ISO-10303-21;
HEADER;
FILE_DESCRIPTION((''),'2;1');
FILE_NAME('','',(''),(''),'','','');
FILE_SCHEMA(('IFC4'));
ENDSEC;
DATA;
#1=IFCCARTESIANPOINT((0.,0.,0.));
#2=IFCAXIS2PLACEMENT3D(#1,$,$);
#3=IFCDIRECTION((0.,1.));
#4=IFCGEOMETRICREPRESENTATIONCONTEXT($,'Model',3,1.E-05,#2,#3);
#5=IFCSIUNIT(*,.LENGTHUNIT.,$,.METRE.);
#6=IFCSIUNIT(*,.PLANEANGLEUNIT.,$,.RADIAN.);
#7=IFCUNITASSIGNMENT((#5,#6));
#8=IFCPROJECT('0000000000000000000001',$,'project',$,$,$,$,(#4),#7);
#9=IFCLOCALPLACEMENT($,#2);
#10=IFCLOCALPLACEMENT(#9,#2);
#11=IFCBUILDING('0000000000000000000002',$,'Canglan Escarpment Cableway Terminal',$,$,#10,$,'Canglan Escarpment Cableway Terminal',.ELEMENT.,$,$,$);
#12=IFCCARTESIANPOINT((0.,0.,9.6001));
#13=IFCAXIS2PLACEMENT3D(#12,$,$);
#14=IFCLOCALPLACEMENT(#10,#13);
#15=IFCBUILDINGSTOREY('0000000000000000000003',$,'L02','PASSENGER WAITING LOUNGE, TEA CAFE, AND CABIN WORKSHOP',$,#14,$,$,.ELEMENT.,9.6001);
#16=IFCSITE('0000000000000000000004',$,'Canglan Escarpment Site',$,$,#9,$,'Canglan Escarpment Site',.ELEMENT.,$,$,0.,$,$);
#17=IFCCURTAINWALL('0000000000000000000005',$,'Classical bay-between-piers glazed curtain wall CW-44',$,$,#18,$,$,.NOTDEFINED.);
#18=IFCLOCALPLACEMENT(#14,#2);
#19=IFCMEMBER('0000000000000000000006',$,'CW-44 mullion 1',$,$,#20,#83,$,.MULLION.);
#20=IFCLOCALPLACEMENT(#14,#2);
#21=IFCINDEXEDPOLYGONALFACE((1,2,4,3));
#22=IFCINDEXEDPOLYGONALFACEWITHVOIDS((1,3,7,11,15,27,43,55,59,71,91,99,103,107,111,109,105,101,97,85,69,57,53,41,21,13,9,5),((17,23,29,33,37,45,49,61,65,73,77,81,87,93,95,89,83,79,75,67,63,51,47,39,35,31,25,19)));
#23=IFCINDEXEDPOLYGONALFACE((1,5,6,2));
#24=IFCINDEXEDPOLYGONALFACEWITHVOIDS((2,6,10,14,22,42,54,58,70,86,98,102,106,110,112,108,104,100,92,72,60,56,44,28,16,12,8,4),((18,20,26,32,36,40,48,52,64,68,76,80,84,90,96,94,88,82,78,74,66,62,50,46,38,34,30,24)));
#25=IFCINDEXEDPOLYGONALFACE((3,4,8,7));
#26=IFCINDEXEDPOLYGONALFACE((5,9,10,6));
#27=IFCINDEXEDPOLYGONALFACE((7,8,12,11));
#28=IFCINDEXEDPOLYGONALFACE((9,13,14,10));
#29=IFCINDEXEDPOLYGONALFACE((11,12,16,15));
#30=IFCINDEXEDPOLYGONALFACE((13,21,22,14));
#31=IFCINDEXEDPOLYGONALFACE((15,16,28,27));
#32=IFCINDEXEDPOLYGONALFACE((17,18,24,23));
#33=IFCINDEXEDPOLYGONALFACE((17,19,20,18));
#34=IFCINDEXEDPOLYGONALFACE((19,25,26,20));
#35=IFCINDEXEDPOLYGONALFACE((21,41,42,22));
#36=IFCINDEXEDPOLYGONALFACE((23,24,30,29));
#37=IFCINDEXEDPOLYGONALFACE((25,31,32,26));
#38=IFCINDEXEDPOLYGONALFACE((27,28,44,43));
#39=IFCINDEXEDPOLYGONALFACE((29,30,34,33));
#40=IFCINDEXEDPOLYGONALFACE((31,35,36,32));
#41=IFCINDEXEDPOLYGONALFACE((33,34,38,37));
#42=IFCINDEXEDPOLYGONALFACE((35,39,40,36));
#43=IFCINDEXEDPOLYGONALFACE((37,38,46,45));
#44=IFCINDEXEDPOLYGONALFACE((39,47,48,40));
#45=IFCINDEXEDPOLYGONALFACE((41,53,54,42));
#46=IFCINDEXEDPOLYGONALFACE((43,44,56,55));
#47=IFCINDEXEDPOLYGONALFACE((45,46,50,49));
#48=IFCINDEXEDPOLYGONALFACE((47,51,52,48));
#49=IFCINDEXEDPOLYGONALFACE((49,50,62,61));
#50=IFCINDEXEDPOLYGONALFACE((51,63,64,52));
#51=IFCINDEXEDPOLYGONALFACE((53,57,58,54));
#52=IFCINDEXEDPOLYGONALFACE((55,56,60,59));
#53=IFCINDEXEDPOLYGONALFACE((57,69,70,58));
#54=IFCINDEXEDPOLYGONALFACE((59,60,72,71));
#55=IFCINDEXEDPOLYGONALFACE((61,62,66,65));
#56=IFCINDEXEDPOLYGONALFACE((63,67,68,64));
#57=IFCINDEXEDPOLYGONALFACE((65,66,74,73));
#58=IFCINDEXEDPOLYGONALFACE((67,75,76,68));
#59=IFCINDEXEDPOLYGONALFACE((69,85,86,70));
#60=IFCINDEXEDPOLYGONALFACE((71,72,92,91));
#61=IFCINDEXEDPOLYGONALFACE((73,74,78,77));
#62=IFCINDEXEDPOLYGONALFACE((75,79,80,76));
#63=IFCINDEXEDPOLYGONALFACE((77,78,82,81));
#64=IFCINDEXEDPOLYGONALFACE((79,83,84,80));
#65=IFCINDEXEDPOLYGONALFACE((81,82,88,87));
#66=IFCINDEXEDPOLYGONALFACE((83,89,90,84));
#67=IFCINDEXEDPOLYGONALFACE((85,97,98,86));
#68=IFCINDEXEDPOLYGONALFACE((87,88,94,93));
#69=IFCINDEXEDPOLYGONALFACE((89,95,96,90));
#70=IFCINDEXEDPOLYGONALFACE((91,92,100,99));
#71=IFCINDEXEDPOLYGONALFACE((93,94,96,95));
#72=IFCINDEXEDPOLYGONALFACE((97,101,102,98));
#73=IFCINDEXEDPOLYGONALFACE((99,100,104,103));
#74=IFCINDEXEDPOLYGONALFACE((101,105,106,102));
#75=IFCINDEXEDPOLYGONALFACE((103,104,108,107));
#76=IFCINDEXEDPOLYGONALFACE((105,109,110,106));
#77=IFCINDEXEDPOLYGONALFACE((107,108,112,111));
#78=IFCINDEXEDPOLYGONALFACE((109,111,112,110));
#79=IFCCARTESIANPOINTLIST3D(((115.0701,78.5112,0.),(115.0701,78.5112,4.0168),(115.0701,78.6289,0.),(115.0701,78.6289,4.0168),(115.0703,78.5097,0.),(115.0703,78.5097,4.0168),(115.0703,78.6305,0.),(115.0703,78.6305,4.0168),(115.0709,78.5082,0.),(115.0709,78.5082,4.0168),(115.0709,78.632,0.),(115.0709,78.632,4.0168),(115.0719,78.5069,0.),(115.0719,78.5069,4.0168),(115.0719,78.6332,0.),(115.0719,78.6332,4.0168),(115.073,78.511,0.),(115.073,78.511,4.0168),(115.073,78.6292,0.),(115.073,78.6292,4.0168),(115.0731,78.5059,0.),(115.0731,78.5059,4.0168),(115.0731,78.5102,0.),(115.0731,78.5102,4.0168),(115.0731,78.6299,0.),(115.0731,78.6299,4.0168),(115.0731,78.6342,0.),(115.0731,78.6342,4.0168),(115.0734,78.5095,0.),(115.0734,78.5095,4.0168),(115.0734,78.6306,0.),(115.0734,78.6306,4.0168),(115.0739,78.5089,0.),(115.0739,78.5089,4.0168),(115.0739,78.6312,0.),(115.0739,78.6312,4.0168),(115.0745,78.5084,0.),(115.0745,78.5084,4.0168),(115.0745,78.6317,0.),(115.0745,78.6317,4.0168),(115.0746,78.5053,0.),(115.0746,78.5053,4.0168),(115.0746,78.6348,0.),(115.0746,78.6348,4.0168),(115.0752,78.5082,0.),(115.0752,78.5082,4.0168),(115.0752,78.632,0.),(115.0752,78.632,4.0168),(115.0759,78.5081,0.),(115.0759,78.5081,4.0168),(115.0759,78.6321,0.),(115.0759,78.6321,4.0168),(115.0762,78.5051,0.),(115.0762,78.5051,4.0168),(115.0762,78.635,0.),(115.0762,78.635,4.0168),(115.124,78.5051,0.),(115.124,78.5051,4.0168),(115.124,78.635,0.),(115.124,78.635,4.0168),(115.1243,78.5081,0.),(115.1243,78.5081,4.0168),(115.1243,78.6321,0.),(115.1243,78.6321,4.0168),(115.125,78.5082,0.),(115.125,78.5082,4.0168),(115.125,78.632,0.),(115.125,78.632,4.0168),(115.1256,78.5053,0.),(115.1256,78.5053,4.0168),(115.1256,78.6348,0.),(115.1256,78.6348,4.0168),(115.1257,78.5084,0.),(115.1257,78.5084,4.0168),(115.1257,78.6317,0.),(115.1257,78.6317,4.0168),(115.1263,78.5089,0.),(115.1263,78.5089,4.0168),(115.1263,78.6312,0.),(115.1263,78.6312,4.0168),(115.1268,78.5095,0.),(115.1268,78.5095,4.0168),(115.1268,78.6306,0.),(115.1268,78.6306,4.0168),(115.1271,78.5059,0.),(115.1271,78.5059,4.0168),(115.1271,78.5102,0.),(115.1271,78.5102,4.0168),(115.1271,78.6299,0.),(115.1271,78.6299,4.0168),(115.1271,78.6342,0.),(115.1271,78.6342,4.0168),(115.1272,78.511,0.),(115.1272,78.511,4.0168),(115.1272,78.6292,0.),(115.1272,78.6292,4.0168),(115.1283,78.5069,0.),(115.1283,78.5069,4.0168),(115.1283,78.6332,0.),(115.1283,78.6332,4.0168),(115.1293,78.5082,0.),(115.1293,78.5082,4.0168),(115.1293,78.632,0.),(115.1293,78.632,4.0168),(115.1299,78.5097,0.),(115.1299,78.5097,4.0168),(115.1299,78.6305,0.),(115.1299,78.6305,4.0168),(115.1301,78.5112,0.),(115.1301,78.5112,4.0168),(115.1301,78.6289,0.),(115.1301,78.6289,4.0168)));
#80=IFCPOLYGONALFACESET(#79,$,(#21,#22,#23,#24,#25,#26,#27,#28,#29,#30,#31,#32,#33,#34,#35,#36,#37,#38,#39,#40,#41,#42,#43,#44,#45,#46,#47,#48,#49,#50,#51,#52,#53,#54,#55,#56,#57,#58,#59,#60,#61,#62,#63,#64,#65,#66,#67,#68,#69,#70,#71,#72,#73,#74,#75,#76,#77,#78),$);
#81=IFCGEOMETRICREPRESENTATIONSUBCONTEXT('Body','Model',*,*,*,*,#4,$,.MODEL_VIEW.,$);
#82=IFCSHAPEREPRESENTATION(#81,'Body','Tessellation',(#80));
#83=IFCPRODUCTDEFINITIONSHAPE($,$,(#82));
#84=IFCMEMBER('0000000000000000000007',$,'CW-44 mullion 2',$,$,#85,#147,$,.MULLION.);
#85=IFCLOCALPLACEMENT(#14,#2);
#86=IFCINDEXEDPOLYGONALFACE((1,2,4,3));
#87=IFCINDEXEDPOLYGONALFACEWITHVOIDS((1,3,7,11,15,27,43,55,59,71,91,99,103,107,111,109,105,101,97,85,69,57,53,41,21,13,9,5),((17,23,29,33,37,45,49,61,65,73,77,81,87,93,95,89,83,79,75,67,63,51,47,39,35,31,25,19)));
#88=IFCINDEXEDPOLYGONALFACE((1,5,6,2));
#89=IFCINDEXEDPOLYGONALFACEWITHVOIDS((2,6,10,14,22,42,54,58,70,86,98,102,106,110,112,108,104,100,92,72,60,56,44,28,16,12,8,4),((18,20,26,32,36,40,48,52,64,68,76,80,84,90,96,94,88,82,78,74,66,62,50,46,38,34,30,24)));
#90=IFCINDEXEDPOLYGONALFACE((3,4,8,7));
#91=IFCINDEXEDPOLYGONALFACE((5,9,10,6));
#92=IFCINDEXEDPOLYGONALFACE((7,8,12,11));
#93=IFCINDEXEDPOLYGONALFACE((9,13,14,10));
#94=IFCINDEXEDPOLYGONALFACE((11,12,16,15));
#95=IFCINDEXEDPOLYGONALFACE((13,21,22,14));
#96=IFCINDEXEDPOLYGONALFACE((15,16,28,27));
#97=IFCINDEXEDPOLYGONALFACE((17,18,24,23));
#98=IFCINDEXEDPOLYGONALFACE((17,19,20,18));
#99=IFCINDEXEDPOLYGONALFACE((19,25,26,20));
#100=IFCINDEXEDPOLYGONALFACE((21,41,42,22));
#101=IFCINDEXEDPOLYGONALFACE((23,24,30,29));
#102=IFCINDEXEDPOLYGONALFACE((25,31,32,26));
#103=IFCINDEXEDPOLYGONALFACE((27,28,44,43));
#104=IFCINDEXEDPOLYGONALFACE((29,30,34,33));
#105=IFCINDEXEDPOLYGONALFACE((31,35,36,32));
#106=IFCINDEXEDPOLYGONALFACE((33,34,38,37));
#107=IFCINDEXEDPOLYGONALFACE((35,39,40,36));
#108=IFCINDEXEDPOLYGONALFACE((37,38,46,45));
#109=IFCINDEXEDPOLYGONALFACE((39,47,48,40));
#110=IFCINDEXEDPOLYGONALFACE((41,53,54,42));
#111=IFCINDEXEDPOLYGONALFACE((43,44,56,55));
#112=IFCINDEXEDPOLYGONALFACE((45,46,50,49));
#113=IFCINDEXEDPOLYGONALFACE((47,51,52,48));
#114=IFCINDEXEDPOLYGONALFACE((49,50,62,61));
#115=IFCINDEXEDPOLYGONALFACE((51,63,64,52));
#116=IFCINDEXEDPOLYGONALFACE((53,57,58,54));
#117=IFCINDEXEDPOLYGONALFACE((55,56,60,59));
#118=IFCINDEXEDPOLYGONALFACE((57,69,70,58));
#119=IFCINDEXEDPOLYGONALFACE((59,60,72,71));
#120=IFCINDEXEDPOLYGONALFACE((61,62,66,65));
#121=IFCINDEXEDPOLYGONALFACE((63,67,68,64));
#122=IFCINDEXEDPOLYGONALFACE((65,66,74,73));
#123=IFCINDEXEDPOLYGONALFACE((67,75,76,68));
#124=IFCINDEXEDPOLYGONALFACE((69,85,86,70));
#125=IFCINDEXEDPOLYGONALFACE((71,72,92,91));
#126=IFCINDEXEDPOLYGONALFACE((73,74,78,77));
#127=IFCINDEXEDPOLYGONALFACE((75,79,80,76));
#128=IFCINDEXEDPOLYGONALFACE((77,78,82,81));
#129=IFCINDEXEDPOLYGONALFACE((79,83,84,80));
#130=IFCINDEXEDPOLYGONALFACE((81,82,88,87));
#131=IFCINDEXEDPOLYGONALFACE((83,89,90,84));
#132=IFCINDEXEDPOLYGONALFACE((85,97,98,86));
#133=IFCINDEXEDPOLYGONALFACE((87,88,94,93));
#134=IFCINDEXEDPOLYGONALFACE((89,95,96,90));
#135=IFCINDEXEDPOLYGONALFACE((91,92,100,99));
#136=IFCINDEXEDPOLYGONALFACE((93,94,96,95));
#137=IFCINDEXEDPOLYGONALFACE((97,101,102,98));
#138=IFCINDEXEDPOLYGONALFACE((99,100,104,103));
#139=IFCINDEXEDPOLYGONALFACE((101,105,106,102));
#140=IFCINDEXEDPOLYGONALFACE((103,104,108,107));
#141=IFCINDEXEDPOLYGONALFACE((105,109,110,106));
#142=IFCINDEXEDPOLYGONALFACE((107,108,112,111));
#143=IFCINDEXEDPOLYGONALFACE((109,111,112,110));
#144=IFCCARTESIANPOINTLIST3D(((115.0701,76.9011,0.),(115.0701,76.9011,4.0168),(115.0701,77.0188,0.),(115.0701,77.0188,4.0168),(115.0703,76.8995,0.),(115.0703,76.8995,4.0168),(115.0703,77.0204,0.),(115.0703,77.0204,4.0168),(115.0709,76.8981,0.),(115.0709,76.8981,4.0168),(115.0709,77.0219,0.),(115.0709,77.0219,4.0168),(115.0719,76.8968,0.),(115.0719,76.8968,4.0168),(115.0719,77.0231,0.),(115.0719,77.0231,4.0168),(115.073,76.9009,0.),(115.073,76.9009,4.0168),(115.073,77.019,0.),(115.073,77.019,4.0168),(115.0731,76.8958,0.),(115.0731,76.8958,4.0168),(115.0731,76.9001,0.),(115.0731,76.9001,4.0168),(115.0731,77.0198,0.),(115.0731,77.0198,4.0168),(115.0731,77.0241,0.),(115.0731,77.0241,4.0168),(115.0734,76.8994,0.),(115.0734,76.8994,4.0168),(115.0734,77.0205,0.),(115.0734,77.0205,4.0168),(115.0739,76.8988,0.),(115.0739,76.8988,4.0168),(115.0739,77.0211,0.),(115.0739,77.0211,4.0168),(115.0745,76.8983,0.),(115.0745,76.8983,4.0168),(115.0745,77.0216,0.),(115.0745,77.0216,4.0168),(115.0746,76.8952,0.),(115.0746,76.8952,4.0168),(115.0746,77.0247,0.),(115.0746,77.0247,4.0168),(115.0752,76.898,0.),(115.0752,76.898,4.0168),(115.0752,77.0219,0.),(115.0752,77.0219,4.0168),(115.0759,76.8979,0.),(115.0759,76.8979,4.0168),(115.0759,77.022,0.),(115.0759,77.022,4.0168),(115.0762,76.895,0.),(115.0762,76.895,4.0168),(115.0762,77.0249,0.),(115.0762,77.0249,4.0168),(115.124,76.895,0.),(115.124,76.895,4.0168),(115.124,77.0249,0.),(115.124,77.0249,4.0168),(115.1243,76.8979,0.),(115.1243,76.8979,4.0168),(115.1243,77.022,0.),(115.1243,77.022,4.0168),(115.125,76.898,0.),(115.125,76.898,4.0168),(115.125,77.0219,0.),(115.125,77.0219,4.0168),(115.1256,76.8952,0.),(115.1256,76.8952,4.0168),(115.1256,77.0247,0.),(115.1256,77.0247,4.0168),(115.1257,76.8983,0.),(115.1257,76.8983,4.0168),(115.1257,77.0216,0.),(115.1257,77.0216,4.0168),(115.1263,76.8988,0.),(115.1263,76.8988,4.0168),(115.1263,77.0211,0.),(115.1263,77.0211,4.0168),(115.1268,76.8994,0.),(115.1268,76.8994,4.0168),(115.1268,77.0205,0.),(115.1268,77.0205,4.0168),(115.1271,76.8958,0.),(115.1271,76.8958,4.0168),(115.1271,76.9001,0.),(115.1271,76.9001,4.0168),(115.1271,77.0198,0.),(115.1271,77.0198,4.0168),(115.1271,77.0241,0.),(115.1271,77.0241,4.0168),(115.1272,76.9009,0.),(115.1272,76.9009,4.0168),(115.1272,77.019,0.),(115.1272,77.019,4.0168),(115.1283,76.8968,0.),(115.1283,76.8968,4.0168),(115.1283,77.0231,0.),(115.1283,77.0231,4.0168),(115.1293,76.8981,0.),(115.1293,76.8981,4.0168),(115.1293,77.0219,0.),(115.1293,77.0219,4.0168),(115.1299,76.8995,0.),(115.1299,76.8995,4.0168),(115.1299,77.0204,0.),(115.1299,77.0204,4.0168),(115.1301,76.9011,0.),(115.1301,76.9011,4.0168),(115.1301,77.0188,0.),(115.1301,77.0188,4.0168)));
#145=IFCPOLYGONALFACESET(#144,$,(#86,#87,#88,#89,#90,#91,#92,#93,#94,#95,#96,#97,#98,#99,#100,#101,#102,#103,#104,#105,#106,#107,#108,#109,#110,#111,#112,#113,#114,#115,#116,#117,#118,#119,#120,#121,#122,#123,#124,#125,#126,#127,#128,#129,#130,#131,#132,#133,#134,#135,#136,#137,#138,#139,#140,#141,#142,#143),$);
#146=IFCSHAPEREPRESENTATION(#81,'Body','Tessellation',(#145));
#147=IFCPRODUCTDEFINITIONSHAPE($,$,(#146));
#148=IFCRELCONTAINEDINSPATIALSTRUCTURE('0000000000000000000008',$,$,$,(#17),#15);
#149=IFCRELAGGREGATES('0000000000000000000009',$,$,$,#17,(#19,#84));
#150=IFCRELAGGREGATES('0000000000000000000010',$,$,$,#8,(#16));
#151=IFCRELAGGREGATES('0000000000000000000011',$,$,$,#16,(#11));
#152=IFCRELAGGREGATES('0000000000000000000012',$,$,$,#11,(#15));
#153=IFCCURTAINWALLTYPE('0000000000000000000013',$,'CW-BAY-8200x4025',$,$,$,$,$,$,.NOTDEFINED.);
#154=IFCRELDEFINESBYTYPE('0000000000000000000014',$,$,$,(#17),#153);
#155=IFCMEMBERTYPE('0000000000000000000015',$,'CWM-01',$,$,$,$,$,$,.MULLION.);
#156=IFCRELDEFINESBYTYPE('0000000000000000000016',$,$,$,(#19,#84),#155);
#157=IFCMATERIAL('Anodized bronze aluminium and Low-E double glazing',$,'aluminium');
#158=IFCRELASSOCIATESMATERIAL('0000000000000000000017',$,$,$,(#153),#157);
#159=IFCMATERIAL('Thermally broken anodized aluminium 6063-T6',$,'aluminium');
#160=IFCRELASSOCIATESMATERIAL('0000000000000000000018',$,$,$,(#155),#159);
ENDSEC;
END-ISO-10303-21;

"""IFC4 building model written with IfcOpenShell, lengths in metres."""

from ifc_helpers import new_model, si_unit, direction, frame, origin, origin_2d, place, context, subcontext, project, spatial, hollow_rectangle, extrude, material, material_profile, profile_set, type_object, element, aggregate, save


model = new_model("IFC4")

# Units and contexts
model_context = context("Model", 3, precision=1e-05, world=origin(), true_north=direction((0.0, 1.0)))
body_context = subcontext(model_context, "Body", "Model", "MODEL_VIEW")
ifc_project = project(units=[si_unit("LENGTHUNIT", "METRE"), si_unit("PLANEANGLEUNIT", "RADIAN")], contexts=[model_context])

# Site, building, storey
site_placement = place(None, origin())
site = spatial("IfcSite", under=ifc_project, at=site_placement, Name="Canglan Escarpment Site", LongName="Canglan Escarpment Site", CompositionType="ELEMENT", RefElevation=0.0)
building_placement = place(site_placement, origin())
building = spatial("IfcBuilding", under=site, at=building_placement, Name="Canglan Escarpment Cableway Terminal", LongName="Canglan Escarpment Cableway Terminal", CompositionType="ELEMENT")
storey_placement = place(building_placement, frame((0.0, 0.0, 9.6001)))
storey = spatial("IfcBuildingStorey", under=building, at=storey_placement, Name="L02", Description="PASSENGER WAITING LOUNGE, TEA CAFE, AND CABIN WORKSHOP", CompositionType="ELEMENT", Elevation=9.6001)

# Curtain wall, members
ifc_material_1 = material(Name="Anodized bronze aluminium and Low-E double glazing", Category="aluminium")
curtain_wall_type = type_object("IfcCurtainWallType", Name="CW-BAY-8200x4025", PredefinedType="NOTDEFINED", material=ifc_material_1)
curtain_wall_placement = place(storey_placement, origin())
curtain_wall = element("IfcCurtainWall", 1, at=curtain_wall_placement, inside=storey, type_object=curtain_wall_type, Name="Classical bay-between-piers glazed curtain wall CW-44", PredefinedType="NOTDEFINED")
ifc_material_2 = material(Name="Thermally broken anodized aluminium 6063-T6", Category="aluminium")
ifc_material_profile_1 = material_profile(ifc_material_2, hollow_rectangle(XDim=0.0601, YDim=0.1299, WallThickness=0.0029, InnerFilletRadius=0.0029, OuterFilletRadius=0.0061, at=origin_2d()), Name="ALU-MULL 60x130x3")
ifc_profile_set_1 = profile_set([ifc_material_profile_1], Name="Thermally broken anodized aluminium 6063-T6")
member_type_1 = type_object("IfcMemberType", Name="CWM-01", PredefinedType="MULLION", material=ifc_profile_set_1)
member_1_placement = place(storey_placement, frame((115.1001, 78.5701, 0.0), z_axis=(0.0, 0.0, 1.0), x_axis=(1.0, 0.0, 0.0)))
member_1 = element("IfcMember", 2, at=member_1_placement, type_object=member_type_1, Name="CW-44 mullion 1", PredefinedType="MULLION", context=body_context, shape_type="SweptSolid", body=[
    extrude(hollow_rectangle(XDim=0.0601, YDim=0.1299, WallThickness=0.0029, InnerFilletRadius=0.0029, OuterFilletRadius=0.0061, at=origin_2d()), origin(), (0.0, 0.0, 1.0), 4.0168),
])
member_2_placement = place(storey_placement, frame((115.1001, 76.96, 0.0), z_axis=(0.0, 0.0, 1.0), x_axis=(1.0, 0.0, 0.0)))
member_2 = element("IfcMember", 3, at=member_2_placement, type_object=member_type_1, Name="CW-44 mullion 2", PredefinedType="MULLION", context=body_context, shape_type="SweptSolid", body=[
    extrude(hollow_rectangle(XDim=0.0601, YDim=0.1299, WallThickness=0.0029, InnerFilletRadius=0.0029, OuterFilletRadius=0.0061, at=origin_2d()), origin(), (0.0, 0.0, 1.0), 4.0168),
])
aggregate(curtain_wall, [member_1, member_2])

save(model, "model.ifc")
